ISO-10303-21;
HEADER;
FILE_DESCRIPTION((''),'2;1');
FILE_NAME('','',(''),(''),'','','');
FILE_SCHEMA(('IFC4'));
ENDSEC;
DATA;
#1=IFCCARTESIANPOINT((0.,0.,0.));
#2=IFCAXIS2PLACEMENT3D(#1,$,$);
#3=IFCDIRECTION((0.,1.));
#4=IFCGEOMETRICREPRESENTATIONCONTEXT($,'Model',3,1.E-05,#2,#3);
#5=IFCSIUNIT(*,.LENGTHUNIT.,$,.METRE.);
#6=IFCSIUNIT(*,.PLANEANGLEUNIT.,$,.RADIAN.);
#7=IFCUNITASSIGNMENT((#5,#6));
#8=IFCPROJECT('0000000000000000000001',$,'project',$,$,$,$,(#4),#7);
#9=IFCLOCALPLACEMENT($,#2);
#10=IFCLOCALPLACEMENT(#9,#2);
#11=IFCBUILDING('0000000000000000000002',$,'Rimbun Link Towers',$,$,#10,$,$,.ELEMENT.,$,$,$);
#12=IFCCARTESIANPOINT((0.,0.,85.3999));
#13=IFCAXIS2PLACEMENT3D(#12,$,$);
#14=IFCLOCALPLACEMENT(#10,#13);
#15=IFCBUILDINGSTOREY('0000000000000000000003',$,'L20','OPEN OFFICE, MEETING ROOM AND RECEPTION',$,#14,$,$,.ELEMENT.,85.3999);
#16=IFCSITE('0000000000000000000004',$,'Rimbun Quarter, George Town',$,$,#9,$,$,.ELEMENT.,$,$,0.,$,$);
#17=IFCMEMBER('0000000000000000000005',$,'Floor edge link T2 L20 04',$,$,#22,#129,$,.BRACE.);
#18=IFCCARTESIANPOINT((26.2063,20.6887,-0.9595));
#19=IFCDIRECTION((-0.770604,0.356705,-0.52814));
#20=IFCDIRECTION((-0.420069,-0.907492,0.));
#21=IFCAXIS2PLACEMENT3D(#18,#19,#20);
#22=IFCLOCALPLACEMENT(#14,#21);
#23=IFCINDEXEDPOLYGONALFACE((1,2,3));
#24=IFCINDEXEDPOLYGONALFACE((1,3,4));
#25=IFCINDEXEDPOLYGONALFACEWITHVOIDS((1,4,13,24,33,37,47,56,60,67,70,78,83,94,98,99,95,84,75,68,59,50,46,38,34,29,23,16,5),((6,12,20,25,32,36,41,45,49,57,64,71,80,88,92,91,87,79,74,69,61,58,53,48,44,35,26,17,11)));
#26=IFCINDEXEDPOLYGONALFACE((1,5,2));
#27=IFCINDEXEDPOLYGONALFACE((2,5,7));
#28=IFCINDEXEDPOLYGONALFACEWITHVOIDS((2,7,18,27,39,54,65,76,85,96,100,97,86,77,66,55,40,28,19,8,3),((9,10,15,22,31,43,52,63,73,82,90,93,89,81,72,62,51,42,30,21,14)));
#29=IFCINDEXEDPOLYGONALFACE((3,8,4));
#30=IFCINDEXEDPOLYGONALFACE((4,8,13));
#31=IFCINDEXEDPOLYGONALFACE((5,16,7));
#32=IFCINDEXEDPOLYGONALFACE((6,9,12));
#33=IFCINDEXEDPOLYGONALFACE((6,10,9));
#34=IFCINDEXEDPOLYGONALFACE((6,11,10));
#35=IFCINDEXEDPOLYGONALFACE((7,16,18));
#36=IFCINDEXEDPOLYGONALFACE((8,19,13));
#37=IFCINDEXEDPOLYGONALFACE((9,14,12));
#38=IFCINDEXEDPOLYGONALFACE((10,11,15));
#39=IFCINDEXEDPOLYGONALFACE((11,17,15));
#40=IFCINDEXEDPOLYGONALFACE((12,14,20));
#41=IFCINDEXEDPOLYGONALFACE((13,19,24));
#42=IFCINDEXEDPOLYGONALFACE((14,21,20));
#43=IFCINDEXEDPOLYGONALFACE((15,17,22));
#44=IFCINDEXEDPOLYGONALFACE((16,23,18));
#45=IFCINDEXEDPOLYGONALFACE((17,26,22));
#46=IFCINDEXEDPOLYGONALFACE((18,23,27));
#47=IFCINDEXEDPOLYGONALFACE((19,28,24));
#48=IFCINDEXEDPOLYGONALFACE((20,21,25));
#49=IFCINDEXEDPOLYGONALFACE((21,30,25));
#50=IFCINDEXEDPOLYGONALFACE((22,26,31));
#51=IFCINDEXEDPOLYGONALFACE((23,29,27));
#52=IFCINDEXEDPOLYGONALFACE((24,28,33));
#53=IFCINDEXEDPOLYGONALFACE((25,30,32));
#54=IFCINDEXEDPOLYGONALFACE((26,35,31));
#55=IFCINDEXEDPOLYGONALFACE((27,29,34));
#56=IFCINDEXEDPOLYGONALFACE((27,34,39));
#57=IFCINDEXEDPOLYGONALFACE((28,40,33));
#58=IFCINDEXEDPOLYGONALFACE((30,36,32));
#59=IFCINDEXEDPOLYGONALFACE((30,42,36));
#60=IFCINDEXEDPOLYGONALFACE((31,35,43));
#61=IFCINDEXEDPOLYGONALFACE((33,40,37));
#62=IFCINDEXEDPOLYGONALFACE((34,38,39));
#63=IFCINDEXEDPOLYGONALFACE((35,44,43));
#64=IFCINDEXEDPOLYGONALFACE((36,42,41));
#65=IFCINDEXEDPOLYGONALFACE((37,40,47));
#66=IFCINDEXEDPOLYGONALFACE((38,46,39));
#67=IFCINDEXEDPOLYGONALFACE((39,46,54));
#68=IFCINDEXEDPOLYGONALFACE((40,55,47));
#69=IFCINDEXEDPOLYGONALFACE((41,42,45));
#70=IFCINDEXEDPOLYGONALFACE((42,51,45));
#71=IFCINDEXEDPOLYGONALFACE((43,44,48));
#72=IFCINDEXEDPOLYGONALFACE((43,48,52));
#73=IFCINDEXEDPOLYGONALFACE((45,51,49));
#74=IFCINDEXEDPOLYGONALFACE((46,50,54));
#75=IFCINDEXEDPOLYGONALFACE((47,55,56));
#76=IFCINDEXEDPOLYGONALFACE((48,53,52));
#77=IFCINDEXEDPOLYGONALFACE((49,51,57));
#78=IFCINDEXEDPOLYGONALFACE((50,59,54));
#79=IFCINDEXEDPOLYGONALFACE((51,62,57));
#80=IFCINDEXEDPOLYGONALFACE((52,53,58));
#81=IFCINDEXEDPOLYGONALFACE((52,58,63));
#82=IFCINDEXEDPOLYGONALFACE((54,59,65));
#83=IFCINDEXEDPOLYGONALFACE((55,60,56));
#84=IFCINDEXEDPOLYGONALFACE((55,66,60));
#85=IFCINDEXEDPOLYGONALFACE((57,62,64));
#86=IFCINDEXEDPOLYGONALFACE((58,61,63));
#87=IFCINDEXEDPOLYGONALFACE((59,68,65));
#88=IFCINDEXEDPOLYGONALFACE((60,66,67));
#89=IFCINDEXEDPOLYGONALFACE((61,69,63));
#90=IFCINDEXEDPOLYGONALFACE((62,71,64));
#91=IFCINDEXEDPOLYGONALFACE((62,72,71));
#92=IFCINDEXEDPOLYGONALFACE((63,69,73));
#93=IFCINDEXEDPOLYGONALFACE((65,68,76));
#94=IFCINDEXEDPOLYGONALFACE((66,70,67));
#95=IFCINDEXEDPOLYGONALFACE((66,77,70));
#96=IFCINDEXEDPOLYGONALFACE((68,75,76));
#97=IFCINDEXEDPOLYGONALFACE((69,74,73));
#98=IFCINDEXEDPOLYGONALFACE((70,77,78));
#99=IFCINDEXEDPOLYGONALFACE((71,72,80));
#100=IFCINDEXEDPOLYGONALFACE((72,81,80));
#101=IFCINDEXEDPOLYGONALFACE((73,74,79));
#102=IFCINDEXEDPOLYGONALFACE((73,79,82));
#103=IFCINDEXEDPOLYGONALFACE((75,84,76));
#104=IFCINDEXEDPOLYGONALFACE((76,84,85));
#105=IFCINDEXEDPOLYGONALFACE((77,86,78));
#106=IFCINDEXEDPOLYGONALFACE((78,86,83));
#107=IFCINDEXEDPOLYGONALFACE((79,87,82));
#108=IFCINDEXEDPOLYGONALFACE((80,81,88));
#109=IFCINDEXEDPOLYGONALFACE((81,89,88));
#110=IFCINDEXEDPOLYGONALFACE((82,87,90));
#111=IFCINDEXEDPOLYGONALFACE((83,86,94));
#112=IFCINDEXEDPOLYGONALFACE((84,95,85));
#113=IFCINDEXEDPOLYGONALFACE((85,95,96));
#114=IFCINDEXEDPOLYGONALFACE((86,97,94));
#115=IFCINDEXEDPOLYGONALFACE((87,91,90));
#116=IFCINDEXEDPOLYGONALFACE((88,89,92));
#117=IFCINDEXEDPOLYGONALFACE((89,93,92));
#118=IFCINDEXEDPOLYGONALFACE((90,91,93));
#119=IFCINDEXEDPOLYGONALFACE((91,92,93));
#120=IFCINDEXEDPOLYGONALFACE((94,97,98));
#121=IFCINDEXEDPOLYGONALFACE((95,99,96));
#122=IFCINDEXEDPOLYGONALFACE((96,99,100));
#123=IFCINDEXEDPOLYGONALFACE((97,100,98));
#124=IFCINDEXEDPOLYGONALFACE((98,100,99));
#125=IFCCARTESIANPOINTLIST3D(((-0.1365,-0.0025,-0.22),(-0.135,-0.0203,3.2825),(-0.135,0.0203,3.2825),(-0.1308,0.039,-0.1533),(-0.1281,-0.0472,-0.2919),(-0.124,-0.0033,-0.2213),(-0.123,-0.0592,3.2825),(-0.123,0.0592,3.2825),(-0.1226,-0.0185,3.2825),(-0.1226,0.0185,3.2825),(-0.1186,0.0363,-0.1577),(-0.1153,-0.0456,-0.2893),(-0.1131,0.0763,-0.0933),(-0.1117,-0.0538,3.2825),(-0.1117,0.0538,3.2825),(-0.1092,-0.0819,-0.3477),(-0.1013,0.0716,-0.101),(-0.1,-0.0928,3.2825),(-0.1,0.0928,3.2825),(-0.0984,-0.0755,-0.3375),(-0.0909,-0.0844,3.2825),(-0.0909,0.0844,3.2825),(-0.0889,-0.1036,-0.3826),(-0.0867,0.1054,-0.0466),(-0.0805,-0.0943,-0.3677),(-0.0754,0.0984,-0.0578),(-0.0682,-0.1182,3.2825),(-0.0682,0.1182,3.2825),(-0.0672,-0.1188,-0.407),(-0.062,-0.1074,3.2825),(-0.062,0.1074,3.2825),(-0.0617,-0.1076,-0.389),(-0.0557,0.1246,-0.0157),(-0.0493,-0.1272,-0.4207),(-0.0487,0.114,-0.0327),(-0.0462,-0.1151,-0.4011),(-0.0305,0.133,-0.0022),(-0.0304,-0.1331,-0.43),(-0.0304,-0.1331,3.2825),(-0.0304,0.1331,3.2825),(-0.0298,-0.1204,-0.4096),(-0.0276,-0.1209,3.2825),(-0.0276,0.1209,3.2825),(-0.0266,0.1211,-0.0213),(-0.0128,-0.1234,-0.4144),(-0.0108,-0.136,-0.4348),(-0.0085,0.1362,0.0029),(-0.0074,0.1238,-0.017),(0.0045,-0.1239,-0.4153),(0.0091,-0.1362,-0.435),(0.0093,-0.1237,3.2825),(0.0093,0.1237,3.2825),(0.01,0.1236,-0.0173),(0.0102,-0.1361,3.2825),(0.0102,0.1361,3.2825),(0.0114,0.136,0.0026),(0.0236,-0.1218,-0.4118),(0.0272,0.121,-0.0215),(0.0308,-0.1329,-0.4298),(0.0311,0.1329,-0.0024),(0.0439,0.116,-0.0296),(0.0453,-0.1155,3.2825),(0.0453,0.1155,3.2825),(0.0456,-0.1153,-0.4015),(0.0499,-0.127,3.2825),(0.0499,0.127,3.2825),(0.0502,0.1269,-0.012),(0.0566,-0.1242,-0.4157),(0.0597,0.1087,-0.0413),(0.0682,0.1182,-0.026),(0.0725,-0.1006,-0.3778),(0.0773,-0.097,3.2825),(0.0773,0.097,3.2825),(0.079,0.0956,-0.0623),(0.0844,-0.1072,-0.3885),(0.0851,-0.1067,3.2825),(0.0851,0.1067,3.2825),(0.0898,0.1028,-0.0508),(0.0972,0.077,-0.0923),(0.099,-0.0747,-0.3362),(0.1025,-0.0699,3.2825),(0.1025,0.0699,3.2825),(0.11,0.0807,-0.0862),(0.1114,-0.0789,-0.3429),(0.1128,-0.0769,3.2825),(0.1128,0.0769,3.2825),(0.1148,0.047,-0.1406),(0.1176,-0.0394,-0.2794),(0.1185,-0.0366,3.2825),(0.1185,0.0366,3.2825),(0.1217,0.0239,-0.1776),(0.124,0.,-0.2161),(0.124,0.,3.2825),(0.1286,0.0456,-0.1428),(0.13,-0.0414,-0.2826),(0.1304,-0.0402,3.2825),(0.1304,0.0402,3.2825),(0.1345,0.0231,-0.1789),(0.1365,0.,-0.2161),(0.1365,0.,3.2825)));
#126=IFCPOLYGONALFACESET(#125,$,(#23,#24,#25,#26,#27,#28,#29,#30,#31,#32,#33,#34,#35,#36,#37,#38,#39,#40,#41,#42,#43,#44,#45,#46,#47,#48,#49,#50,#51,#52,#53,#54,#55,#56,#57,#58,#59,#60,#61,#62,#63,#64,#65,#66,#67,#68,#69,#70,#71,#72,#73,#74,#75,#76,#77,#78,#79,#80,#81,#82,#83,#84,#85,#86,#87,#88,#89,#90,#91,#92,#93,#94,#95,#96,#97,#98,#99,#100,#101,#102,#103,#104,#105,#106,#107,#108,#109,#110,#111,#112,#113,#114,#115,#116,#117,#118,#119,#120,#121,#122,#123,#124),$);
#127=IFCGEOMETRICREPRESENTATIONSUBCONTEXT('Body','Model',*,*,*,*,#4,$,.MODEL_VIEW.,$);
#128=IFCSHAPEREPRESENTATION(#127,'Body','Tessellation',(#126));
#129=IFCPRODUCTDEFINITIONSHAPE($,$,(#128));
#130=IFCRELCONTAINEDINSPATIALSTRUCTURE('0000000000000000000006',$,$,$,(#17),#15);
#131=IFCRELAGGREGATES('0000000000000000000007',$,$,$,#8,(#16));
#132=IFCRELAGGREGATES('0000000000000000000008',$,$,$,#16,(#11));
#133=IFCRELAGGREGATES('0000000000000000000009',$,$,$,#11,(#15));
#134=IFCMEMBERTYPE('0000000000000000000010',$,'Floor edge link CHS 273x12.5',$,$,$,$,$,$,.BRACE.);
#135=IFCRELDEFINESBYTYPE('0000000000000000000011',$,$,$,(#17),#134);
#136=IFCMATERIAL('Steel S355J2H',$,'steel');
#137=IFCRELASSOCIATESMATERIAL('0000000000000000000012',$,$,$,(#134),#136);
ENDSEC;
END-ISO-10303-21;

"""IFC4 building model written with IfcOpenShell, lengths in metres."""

from ifc_helpers import new_model, si_unit, direction, frame, origin, origin_2d, place, context, subcontext, project, spatial, hollow_circle, extrude, clip, halfspace, material, material_profile, profile_set, type_object, element, save


model = new_model("IFC4")

# Units and contexts
model_context = context("Model", 3, precision=1e-05, world=origin(), true_north=direction((0.0, 1.0)))
body_context = subcontext(model_context, "Body", "Model", "MODEL_VIEW")
ifc_project = project(units=[si_unit("LENGTHUNIT", "METRE"), si_unit("PLANEANGLEUNIT", "RADIAN")], contexts=[model_context])

# Site, building, storey
site_placement = place(None, origin())
site = spatial("IfcSite", under=ifc_project, at=site_placement, Name="Rimbun Quarter, George Town", CompositionType="ELEMENT", RefElevation=0.0)
building_placement = place(site_placement, origin())
building = spatial("IfcBuilding", under=site, at=building_placement, Name="Rimbun Link Towers", CompositionType="ELEMENT")
storey_placement = place(building_placement, frame((0.0, 0.0, 85.3999)))
storey = spatial("IfcBuildingStorey", under=building, at=storey_placement, Name="L20", Description="OPEN OFFICE, MEETING ROOM AND RECEPTION", CompositionType="ELEMENT", Elevation=85.3999)

# Member
ifc_material_1 = material(Name="Steel S355J2H", Category="steel")
ifc_material_profile_1 = material_profile(ifc_material_1, hollow_circle(Radius=0.1365, WallThickness=0.0125, at=origin_2d()), Name="CHS 273x12.5")
ifc_profile_set_1 = profile_set([ifc_material_profile_1], Name="Steel S355J2H")
member_type = type_object("IfcMemberType", Name="Floor edge link CHS 273x12.5", PredefinedType="BRACE", material=ifc_profile_set_1)
member_placement = place(storey_placement, frame((26.2063, 20.6887, -0.9595), z_axis=(-0.770604, 0.356705, -0.52814), x_axis=(-0.420069, -0.907492, 0.0)))
element("IfcMember", 1, at=member_placement, inside=storey, type_object=member_type, Name="Floor edge link T2 L20 04", PredefinedType="BRACE", context=body_context, shape_type="Clipping", body=[
    clip(extrude(hollow_circle(Radius=0.1365, WallThickness=0.0125, at=origin_2d()), frame((0.0, 0.0, -0.458)), (0.0, 0.0, 1.0), 3.7405), halfspace(frame((0.0, 0.0, -0.2161), z_axis=(0.0, 0.849157, -0.52814)), False)),
])

save(model, "model.ifc")
